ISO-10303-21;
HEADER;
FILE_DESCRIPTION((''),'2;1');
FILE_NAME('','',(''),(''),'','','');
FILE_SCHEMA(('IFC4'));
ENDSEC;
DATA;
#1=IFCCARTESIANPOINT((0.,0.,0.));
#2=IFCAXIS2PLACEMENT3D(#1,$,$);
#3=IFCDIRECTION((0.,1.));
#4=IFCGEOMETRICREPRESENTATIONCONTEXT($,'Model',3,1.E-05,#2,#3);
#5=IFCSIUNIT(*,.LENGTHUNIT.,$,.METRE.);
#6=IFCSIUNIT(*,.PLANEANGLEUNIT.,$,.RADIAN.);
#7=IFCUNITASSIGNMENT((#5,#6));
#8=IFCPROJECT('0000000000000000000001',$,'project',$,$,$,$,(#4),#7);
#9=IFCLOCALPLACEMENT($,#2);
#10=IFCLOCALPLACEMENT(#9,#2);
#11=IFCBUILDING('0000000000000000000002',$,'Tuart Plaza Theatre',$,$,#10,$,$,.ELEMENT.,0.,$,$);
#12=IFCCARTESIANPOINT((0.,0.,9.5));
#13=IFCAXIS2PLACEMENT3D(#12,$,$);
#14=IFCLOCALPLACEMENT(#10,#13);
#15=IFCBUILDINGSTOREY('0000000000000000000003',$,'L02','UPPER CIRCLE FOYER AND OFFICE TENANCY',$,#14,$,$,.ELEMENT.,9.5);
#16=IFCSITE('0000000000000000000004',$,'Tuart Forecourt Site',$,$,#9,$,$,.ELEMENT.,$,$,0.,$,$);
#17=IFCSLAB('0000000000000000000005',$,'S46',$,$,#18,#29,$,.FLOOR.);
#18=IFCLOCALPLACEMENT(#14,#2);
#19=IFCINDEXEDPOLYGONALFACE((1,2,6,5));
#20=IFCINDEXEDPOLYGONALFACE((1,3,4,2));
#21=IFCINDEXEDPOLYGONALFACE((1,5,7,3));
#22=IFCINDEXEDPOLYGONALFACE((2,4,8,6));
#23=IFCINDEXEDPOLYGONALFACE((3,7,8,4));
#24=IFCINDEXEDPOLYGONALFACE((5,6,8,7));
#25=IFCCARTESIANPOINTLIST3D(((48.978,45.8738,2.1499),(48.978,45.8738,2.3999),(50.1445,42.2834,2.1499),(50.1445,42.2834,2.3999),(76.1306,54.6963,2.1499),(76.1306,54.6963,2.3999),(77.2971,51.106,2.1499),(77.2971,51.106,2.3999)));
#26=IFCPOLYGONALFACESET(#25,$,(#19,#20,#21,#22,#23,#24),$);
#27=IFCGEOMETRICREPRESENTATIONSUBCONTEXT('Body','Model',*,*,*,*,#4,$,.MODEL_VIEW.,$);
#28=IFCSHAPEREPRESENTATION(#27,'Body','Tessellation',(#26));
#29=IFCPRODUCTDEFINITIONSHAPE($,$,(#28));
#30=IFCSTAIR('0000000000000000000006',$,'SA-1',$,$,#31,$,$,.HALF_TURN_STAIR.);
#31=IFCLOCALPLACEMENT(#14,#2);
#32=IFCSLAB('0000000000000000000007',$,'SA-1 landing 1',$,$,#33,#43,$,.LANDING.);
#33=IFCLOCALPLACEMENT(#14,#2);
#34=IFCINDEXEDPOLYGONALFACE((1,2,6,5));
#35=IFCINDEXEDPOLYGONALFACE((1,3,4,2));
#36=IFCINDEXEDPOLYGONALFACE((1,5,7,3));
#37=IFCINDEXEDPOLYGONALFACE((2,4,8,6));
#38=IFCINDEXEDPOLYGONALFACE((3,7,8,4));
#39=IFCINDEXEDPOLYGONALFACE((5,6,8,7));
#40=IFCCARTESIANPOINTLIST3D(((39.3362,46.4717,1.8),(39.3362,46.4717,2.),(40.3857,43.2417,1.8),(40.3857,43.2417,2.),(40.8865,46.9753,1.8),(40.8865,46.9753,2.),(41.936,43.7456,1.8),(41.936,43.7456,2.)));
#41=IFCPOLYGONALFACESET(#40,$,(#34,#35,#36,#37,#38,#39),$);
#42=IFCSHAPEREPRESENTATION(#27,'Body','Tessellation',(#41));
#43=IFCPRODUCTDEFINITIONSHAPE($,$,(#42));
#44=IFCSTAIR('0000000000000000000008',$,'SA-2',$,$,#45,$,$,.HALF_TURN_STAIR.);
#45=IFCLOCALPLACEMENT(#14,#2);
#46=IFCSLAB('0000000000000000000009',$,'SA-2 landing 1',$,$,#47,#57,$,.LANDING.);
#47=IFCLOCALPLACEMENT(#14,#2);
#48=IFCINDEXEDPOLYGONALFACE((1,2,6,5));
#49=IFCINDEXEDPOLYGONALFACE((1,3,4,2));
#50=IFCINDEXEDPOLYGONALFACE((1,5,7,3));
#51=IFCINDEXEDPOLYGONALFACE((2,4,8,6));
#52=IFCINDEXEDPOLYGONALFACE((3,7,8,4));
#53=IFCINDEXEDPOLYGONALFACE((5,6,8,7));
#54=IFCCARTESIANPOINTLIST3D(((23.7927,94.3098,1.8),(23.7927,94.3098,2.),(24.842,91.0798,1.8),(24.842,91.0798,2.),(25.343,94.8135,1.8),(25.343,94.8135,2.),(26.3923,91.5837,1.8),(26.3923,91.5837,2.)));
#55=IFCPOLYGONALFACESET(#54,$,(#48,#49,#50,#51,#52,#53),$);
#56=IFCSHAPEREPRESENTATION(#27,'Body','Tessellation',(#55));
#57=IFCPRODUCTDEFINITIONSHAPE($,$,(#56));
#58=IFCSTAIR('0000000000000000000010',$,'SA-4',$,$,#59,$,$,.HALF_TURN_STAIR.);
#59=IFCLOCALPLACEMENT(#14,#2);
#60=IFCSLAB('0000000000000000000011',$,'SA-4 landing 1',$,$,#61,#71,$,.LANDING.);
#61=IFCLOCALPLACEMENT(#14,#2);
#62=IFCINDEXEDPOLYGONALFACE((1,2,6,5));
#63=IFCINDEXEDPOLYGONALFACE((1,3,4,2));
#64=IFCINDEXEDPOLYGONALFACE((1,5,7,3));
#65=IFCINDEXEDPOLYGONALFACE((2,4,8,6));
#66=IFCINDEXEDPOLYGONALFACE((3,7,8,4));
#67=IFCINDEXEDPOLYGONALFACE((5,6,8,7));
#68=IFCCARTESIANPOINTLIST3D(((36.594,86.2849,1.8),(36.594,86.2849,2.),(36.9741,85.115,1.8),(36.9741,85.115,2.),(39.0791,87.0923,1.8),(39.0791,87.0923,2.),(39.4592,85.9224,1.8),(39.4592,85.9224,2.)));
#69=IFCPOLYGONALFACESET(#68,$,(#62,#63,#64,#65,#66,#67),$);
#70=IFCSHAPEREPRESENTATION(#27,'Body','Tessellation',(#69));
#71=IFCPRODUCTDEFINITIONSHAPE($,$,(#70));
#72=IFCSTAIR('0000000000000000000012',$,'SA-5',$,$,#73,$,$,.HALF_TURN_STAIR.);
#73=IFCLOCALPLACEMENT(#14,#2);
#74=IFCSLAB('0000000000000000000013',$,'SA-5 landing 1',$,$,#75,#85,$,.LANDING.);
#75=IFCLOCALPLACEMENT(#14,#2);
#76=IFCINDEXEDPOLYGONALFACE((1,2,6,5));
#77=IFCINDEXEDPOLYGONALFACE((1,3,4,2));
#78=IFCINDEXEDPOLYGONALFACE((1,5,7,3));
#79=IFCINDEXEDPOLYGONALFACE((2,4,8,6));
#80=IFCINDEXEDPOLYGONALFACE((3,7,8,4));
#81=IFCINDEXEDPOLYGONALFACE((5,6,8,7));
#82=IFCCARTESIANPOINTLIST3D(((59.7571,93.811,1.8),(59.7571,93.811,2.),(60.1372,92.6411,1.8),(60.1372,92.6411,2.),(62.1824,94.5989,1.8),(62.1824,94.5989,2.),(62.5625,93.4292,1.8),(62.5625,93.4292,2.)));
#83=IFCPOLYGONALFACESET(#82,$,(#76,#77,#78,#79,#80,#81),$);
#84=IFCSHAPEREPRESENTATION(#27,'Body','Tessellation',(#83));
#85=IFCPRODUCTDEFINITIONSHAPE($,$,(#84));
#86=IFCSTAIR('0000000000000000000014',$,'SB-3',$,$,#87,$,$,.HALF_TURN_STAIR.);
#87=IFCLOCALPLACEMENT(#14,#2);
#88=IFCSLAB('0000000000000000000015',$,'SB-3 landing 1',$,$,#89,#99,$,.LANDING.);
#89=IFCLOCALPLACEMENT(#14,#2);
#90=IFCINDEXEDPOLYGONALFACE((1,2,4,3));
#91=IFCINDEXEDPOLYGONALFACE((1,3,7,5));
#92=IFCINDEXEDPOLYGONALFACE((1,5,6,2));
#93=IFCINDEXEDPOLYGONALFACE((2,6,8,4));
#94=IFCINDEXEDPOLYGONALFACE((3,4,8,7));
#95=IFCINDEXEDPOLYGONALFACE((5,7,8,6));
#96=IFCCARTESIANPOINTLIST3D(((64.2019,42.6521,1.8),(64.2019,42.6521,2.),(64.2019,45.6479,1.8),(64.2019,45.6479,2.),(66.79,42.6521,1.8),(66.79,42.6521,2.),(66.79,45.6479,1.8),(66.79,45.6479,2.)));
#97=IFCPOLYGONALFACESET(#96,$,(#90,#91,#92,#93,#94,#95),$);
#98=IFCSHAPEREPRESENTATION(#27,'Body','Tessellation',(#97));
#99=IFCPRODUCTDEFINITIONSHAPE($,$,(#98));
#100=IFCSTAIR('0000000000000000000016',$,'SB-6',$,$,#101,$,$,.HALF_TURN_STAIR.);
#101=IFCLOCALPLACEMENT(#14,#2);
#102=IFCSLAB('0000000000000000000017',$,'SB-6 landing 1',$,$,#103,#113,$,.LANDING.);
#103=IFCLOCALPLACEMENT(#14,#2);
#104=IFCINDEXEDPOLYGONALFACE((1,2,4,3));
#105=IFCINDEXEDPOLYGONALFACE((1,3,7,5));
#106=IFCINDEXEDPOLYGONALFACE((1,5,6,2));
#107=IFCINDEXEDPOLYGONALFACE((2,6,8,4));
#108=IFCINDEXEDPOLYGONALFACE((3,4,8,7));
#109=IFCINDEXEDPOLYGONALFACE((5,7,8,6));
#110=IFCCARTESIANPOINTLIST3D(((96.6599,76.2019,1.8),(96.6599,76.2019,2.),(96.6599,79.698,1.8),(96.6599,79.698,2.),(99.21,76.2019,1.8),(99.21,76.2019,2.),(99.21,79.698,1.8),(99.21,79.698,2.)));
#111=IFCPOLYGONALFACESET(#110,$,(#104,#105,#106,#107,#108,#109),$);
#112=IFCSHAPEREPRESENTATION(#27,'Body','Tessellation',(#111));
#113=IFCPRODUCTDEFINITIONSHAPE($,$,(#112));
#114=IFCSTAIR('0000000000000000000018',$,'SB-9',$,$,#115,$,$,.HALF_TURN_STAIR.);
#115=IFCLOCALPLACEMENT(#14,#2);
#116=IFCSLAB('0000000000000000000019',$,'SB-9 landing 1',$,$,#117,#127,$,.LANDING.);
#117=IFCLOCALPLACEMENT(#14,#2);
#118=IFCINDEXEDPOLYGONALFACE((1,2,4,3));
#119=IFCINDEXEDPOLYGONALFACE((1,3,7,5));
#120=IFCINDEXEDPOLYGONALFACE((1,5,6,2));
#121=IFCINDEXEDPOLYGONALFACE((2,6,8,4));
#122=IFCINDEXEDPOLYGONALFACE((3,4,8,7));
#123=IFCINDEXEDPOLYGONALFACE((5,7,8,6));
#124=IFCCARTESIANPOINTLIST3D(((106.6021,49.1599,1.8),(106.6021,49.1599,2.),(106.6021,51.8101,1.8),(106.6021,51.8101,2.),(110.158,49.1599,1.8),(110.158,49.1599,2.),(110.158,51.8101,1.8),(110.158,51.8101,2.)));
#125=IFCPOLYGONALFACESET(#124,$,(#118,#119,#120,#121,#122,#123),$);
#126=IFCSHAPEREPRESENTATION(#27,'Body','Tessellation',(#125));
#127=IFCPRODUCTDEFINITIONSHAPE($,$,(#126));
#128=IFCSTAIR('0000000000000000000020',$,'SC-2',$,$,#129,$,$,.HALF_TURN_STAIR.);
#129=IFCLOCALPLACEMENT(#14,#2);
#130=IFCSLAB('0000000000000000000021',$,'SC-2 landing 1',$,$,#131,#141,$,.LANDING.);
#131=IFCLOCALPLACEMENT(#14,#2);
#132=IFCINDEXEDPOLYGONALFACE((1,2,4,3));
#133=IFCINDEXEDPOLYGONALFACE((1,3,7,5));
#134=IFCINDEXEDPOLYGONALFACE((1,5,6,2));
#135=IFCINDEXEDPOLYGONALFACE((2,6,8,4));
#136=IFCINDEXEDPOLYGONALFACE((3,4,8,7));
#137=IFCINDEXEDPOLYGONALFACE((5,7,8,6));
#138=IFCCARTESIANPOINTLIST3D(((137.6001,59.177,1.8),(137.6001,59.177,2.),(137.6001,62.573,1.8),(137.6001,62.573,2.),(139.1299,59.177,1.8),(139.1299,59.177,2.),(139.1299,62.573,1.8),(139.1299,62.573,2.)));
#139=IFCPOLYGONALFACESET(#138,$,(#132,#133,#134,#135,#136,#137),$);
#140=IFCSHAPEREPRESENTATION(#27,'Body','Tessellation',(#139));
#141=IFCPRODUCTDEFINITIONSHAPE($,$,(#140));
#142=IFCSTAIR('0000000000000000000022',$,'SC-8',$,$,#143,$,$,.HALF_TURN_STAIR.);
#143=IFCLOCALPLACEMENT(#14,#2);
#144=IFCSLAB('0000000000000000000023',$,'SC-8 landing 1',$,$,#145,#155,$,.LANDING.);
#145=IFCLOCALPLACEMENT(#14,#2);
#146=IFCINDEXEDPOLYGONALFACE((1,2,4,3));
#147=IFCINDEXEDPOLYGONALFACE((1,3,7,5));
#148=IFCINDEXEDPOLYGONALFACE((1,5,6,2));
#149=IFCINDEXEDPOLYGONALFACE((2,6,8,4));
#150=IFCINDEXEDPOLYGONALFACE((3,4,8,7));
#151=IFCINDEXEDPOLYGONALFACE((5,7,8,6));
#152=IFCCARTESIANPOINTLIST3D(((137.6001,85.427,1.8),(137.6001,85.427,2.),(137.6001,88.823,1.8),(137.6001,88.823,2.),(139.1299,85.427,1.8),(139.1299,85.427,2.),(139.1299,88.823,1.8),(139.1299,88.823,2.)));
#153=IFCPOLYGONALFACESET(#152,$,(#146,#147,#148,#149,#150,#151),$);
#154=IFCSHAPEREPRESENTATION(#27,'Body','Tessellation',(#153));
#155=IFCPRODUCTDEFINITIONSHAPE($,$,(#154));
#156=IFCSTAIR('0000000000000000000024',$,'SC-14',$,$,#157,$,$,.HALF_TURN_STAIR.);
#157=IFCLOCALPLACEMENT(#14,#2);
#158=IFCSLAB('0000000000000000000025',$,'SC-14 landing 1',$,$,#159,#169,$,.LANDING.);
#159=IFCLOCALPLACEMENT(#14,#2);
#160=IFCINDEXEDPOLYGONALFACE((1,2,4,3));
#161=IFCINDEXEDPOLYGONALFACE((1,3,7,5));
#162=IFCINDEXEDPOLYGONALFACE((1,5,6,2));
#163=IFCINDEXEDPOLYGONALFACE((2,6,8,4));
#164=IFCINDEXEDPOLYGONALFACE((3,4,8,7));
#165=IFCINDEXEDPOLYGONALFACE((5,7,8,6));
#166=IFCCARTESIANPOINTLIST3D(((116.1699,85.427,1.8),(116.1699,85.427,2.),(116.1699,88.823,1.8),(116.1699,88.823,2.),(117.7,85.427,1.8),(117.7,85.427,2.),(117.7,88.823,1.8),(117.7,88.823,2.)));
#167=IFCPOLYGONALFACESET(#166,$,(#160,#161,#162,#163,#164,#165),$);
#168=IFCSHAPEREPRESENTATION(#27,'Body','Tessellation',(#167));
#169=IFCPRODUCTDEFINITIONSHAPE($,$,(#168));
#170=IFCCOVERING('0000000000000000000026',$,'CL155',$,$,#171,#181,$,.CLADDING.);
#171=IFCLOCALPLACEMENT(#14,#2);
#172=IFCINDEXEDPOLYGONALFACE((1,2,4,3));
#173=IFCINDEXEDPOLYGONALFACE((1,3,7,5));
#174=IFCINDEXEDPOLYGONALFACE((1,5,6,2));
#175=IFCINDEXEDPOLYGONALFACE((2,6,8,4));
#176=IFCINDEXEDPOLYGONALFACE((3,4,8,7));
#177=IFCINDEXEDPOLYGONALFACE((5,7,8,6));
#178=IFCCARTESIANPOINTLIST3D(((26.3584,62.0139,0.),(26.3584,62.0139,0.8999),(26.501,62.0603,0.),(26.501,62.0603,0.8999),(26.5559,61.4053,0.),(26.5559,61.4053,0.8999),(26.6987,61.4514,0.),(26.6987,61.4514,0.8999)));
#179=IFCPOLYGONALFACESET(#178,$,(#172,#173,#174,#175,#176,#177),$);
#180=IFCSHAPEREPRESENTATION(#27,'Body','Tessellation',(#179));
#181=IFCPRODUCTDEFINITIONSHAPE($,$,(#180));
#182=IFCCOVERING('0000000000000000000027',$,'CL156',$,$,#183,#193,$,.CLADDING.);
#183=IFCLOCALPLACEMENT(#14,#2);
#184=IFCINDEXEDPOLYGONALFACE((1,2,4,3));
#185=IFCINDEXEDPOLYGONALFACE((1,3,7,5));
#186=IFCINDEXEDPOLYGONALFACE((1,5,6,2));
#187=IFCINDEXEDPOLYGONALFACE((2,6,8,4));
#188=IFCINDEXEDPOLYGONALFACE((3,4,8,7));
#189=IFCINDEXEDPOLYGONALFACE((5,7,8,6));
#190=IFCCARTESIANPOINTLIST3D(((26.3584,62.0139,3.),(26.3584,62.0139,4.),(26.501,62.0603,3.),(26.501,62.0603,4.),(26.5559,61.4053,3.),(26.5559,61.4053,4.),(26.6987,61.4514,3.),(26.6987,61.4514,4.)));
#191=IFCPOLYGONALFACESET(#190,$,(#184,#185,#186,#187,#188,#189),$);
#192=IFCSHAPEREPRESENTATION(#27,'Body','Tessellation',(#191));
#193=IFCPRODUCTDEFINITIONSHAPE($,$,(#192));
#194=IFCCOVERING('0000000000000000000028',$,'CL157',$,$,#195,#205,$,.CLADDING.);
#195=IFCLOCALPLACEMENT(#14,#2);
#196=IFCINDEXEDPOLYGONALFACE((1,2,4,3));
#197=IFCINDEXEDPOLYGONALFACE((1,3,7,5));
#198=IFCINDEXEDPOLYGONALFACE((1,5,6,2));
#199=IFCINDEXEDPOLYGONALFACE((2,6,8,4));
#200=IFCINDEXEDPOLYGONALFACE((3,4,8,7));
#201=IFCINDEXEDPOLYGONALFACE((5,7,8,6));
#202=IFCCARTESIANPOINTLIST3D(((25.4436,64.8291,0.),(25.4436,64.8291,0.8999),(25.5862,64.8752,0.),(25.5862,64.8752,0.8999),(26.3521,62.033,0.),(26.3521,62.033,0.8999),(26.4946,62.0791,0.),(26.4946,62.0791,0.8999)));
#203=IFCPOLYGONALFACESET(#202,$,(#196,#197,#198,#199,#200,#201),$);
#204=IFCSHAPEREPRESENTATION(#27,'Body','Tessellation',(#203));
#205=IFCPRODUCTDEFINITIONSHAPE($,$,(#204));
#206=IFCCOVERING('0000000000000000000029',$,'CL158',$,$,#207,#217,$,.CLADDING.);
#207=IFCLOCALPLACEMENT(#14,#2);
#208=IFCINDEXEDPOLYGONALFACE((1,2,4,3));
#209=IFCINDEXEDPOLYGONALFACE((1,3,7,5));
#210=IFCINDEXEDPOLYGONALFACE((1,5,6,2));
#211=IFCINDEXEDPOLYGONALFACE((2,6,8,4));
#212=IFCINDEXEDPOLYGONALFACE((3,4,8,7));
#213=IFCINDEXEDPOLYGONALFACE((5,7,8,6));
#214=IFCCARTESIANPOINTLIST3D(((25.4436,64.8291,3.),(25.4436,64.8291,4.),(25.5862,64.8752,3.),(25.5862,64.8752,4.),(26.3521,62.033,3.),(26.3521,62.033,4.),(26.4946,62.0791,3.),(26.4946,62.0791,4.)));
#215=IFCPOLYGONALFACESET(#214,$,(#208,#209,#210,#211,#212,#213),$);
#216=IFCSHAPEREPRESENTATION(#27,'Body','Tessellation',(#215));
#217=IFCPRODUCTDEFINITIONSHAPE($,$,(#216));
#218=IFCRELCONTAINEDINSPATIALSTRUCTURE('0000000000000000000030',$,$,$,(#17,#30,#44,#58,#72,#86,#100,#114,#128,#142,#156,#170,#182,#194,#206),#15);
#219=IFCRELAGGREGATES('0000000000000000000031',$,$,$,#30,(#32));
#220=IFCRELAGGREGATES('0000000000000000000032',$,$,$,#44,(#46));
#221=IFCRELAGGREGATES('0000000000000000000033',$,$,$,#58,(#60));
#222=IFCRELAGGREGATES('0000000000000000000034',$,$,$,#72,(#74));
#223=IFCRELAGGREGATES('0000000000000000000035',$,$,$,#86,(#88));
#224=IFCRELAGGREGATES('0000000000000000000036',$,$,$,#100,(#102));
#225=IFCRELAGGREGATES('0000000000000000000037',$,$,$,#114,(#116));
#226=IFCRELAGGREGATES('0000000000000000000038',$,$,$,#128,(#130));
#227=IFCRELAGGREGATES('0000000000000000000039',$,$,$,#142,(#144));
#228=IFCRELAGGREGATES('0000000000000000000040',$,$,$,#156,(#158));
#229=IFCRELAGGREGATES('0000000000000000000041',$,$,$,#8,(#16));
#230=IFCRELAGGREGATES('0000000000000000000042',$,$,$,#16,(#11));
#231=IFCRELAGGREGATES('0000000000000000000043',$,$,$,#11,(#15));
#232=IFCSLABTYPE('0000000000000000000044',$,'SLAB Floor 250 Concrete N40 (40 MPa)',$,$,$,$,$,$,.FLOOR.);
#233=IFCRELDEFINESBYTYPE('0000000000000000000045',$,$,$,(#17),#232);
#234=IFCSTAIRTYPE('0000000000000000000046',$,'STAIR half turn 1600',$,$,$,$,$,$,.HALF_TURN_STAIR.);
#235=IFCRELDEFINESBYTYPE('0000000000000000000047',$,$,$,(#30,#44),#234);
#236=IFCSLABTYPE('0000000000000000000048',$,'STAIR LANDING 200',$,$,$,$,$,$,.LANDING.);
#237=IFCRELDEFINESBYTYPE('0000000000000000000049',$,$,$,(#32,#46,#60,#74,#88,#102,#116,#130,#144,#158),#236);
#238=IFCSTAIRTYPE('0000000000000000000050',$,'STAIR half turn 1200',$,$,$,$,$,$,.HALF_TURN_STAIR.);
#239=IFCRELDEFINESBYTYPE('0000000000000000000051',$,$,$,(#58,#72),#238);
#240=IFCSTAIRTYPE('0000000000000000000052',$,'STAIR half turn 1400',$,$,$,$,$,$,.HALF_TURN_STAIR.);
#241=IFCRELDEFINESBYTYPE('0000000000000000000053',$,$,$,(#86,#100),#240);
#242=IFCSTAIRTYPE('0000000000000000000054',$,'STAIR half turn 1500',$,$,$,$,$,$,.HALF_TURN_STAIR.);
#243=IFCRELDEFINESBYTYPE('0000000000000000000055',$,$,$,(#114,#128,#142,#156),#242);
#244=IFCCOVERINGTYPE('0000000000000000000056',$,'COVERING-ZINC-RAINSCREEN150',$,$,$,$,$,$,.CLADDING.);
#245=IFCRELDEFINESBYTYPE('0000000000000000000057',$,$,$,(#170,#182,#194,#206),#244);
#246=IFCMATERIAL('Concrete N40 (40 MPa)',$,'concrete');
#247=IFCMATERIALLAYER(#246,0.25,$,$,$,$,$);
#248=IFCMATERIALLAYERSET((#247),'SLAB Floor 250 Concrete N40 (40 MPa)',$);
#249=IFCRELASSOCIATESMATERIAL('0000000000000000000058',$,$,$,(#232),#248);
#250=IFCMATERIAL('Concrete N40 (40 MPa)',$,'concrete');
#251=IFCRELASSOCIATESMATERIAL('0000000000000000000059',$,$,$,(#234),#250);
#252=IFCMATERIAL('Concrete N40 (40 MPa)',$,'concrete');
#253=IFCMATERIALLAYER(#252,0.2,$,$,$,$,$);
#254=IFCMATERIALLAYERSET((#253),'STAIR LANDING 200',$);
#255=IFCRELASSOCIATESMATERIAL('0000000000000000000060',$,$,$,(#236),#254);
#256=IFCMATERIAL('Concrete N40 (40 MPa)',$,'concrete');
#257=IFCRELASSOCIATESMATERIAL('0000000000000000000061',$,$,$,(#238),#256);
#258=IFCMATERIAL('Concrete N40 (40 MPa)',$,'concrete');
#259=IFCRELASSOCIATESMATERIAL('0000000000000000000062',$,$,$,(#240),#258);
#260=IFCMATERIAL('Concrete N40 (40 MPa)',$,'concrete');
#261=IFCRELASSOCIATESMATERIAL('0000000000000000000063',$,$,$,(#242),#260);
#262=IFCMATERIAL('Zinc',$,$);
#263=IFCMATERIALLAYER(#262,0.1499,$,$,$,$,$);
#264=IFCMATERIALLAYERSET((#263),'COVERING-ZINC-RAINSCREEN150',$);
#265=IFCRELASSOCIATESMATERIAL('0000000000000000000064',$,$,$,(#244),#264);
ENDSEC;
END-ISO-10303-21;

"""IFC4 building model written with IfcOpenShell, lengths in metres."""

from ifc_helpers import new_model, si_unit, direction, frame, origin, place, context, subcontext, project, spatial, polyline, outline, extrude, material, layer, layer_set, type_object, element, aggregate, save


model = new_model("IFC4")

# Units and contexts
model_context = context("Model", 3, precision=1e-05, world=origin(), true_north=direction((0.0, 1.0)))
body_context = subcontext(model_context, "Body", "Model", "MODEL_VIEW")
ifc_project = project(units=[si_unit("LENGTHUNIT", "METRE"), si_unit("PLANEANGLEUNIT", "RADIAN")], contexts=[model_context])

# Site, building, storey
site_placement = place(None, origin())
site = spatial("IfcSite", under=ifc_project, at=site_placement, Name="Tuart Forecourt Site", CompositionType="ELEMENT", RefElevation=0.0)
building_placement = place(site_placement, origin())
building = spatial("IfcBuilding", under=site, at=building_placement, Name="Tuart Plaza Theatre", CompositionType="ELEMENT", ElevationOfRefHeight=0.0)
storey_placement = place(building_placement, frame((0.0, 0.0, 9.5)))
storey = spatial("IfcBuildingStorey", under=building, at=storey_placement, Name="L02", Description="UPPER CIRCLE FOYER AND OFFICE TENANCY", CompositionType="ELEMENT", Elevation=9.5)

# Slab
ifc_material_1 = material(Name="Concrete N40 (40 MPa)", Category="concrete")
ifc_layer_1 = layer(ifc_material_1, 0.25)
ifc_layer_set_1 = layer_set([ifc_layer_1], Name="SLAB Floor 250 Concrete N40 (40 MPa)")
slab_type_1 = type_object("IfcSlabType", Name="SLAB Floor 250 Concrete N40 (40 MPa)", PredefinedType="FLOOR", material=ifc_layer_set_1)
slab_1_placement = place(storey_placement, frame((0.0, 0.0, 2.1499)))
element("IfcSlab", 1, at=slab_1_placement, inside=storey, type_object=slab_type_1, Name="S46", PredefinedType="FLOOR", context=body_context, shape_type="SweptSolid", body=[
    extrude(outline(polyline([(77.2971, 51.106), (76.1306, 54.6963), (48.978, 45.8738), (50.1445, 42.2834), (77.2971, 51.106)])), origin(), (0.0, 0.0, 1.0), 0.25),
])

# Stairs, slabs
ifc_material_2 = material(Name="Concrete N40 (40 MPa)", Category="concrete")
stair_type_1 = type_object("IfcStairType", Name="STAIR half turn 1600", PredefinedType="HALF_TURN_STAIR", material=ifc_material_2)
stair_1_placement = place(storey_placement, origin())
stair_1 = element("IfcStair", 2, at=stair_1_placement, inside=storey, type_object=stair_type_1, Name="SA-1", PredefinedType="HALF_TURN_STAIR")
ifc_material_3 = material(Name="Concrete N40 (40 MPa)", Category="concrete")
ifc_layer_2 = layer(ifc_material_3, 0.2)
ifc_layer_set_2 = layer_set([ifc_layer_2], Name="STAIR LANDING 200")
slab_type_2 = type_object("IfcSlabType", Name="STAIR LANDING 200", PredefinedType="LANDING", material=ifc_layer_set_2)
slab_2_placement = place(storey_placement, frame((0.0, 0.0, 1.8)))
slab_2 = element("IfcSlab", 3, at=slab_2_placement, type_object=slab_type_2, Name="SA-1 landing 1", PredefinedType="LANDING", context=body_context, shape_type="SweptSolid", body=[
    extrude(outline(polyline([(40.3857, 43.2417), (41.936, 43.7456), (40.8865, 46.9753), (39.3362, 46.4717), (40.3857, 43.2417)])), origin(), (0.0, 0.0, 1.0), 0.2),
])
aggregate(stair_1, [slab_2])
stair_2_placement = place(storey_placement, origin())
stair_2 = element("IfcStair", 4, at=stair_2_placement, inside=storey, type_object=stair_type_1, Name="SA-2", PredefinedType="HALF_TURN_STAIR")
slab_3_placement = place(storey_placement, frame((0.0, 0.0, 1.8)))
slab_3 = element("IfcSlab", 5, at=slab_3_placement, type_object=slab_type_2, Name="SA-2 landing 1", PredefinedType="LANDING", context=body_context, shape_type="SweptSolid", body=[
    extrude(outline(polyline([(23.7927, 94.3098), (25.343, 94.8135), (26.3923, 91.5837), (24.842, 91.0798), (23.7927, 94.3098)])), origin(), (0.0, 0.0, 1.0), 0.2),
])
aggregate(stair_2, [slab_3])
ifc_material_4 = material(Name="Concrete N40 (40 MPa)", Category="concrete")
stair_type_2 = type_object("IfcStairType", Name="STAIR half turn 1200", PredefinedType="HALF_TURN_STAIR", material=ifc_material_4)
stair_3_placement = place(storey_placement, origin())
stair_3 = element("IfcStair", 6, at=stair_3_placement, inside=storey, type_object=stair_type_2, Name="SA-4", PredefinedType="HALF_TURN_STAIR")
slab_4_placement = place(storey_placement, frame((0.0, 0.0, 1.8)))
slab_4 = element("IfcSlab", 7, at=slab_4_placement, type_object=slab_type_2, Name="SA-4 landing 1", PredefinedType="LANDING", context=body_context, shape_type="SweptSolid", body=[
    extrude(outline(polyline([(39.4592, 85.9224), (39.0791, 87.0923), (36.594, 86.2849), (36.9741, 85.115), (39.4592, 85.9224)])), origin(), (0.0, 0.0, 1.0), 0.2),
])
aggregate(stair_3, [slab_4])
stair_4_placement = place(storey_placement, origin())
stair_4 = element("IfcStair", 8, at=stair_4_placement, inside=storey, type_object=stair_type_2, Name="SA-5", PredefinedType="HALF_TURN_STAIR")
slab_5_placement = place(storey_placement, frame((0.0, 0.0, 1.8)))
slab_5 = element("IfcSlab", 9, at=slab_5_placement, type_object=slab_type_2, Name="SA-5 landing 1", PredefinedType="LANDING", context=body_context, shape_type="SweptSolid", body=[
    extrude(outline(polyline([(60.1372, 92.6411), (59.7571, 93.811), (62.1824, 94.5989), (62.5625, 93.4292), (60.1372, 92.6411)])), origin(), (0.0, 0.0, 1.0), 0.2),
])
aggregate(stair_4, [slab_5])
ifc_material_5 = material(Name="Concrete N40 (40 MPa)", Category="concrete")
stair_type_3 = type_object("IfcStairType", Name="STAIR half turn 1400", PredefinedType="HALF_TURN_STAIR", material=ifc_material_5)
stair_5_placement = place(storey_placement, origin())
stair_5 = element("IfcStair", 10, at=stair_5_placement, inside=storey, type_object=stair_type_3, Name="SB-3", PredefinedType="HALF_TURN_STAIR")
slab_6_placement = place(storey_placement, frame((0.0, 0.0, 1.8)))
slab_6 = element("IfcSlab", 11, at=slab_6_placement, type_object=slab_type_2, Name="SB-3 landing 1", PredefinedType="LANDING", context=body_context, shape_type="SweptSolid", body=[
    extrude(outline(polyline([(66.79, 45.6479), (64.2019, 45.6479), (64.2019, 42.6521), (66.79, 42.6521), (66.79, 45.6479)])), origin(), (0.0, 0.0, 1.0), 0.2),
])
aggregate(stair_5, [slab_6])
stair_6_placement = place(storey_placement, origin())
stair_6 = element("IfcStair", 12, at=stair_6_placement, inside=storey, type_object=stair_type_3, Name="SB-6", PredefinedType="HALF_TURN_STAIR")
slab_7_placement = place(storey_placement, frame((0.0, 0.0, 1.8)))
slab_7 = element("IfcSlab", 13, at=slab_7_placement, type_object=slab_type_2, Name="SB-6 landing 1", PredefinedType="LANDING", context=body_context, shape_type="SweptSolid", body=[
    extrude(outline(polyline([(96.6599, 76.2019), (99.21, 76.2019), (99.21, 79.698), (96.6599, 79.698), (96.6599, 76.2019)])), origin(), (0.0, 0.0, 1.0), 0.2),
])
aggregate(stair_6, [slab_7])
ifc_material_6 = material(Name="Concrete N40 (40 MPa)", Category="concrete")
stair_type_4 = type_object("IfcStairType", Name="STAIR half turn 1500", PredefinedType="HALF_TURN_STAIR", material=ifc_material_6)
stair_7_placement = place(storey_placement, origin())
stair_7 = element("IfcStair", 14, at=stair_7_placement, inside=storey, type_object=stair_type_4, Name="SB-9", PredefinedType="HALF_TURN_STAIR")
slab_8_placement = place(storey_placement, frame((0.0, 0.0, 1.8)))
slab_8 = element("IfcSlab", 15, at=slab_8_placement, type_object=slab_type_2, Name="SB-9 landing 1", PredefinedType="LANDING", context=body_context, shape_type="SweptSolid", body=[
    extrude(outline(polyline([(110.158, 49.1599), (110.158, 51.8101), (106.6021, 51.8101), (106.6021, 49.1599), (110.158, 49.1599)])), origin(), (0.0, 0.0, 1.0), 0.2),
])
aggregate(stair_7, [slab_8])
stair_8_placement = place(storey_placement, origin())
stair_8 = element("IfcStair", 16, at=stair_8_placement, inside=storey, type_object=stair_type_4, Name="SC-2", PredefinedType="HALF_TURN_STAIR")
slab_9_placement = place(storey_placement, frame((0.0, 0.0, 1.8)))
slab_9 = element("IfcSlab", 17, at=slab_9_placement, type_object=slab_type_2, Name="SC-2 landing 1", PredefinedType="LANDING", context=body_context, shape_type="SweptSolid", body=[
    extrude(outline(polyline([(137.6001, 59.177), (139.1299, 59.177), (139.1299, 62.573), (137.6001, 62.573), (137.6001, 59.177)])), origin(), (0.0, 0.0, 1.0), 0.2),
])
aggregate(stair_8, [slab_9])
stair_9_placement = place(storey_placement, origin())
stair_9 = element("IfcStair", 18, at=stair_9_placement, inside=storey, type_object=stair_type_4, Name="SC-8", PredefinedType="HALF_TURN_STAIR")
slab_10_placement = place(storey_placement, frame((0.0, 0.0, 1.8)))
slab_10 = element("IfcSlab", 19, at=slab_10_placement, type_object=slab_type_2, Name="SC-8 landing 1", PredefinedType="LANDING", context=body_context, shape_type="SweptSolid", body=[
    extrude(outline(polyline([(137.6001, 85.427), (139.1299, 85.427), (139.1299, 88.823), (137.6001, 88.823), (137.6001, 85.427)])), origin(), (0.0, 0.0, 1.0), 0.2),
])
aggregate(stair_9, [slab_10])
stair_10_placement = place(storey_placement, origin())
stair_10 = element("IfcStair", 20, at=stair_10_placement, inside=storey, type_object=stair_type_4, Name="SC-14", PredefinedType="HALF_TURN_STAIR")
slab_11_placement = place(storey_placement, frame((0.0, 0.0, 1.8)))
slab_11 = element("IfcSlab", 21, at=slab_11_placement, type_object=slab_type_2, Name="SC-14 landing 1", PredefinedType="LANDING", context=body_context, shape_type="SweptSolid", body=[
    extrude(outline(polyline([(117.7, 88.823), (116.1699, 88.823), (116.1699, 85.427), (117.7, 85.427), (117.7, 88.823)])), origin(), (0.0, 0.0, 1.0), 0.2),
])
aggregate(stair_10, [slab_11])

# Coverings
ifc_material_7 = material(Name="Zinc")
ifc_layer_3 = layer(ifc_material_7, 0.1499)
ifc_layer_set_3 = layer_set([ifc_layer_3], Name="COVERING-ZINC-RAINSCREEN150")
covering_type = type_object("IfcCoveringType", Name="COVERING-ZINC-RAINSCREEN150", PredefinedType="CLADDING", material=ifc_layer_set_3)
covering_1_placement = place(storey_placement, origin())
element("IfcCovering", 22, at=covering_1_placement, inside=storey, type_object=covering_type, Name="CL155", PredefinedType="CLADDING", context=body_context, shape_type="SweptSolid", body=[
    extrude(outline(polyline([(26.5559, 61.4053), (26.3584, 62.0139), (26.501, 62.0603), (26.6987, 61.4514), (26.5559, 61.4053)])), origin(), (0.0, 0.0, 1.0), 0.8999),
])
covering_2_placement = place(storey_placement, frame((0.0, 0.0, 3.0)))
element("IfcCovering", 23, at=covering_2_placement, inside=storey, type_object=covering_type, Name="CL156", PredefinedType="CLADDING", context=body_context, shape_type="SweptSolid", body=[
    extrude(outline(polyline([(26.5559, 61.4053), (26.3584, 62.0139), (26.501, 62.0603), (26.6987, 61.4514), (26.5559, 61.4053)])), origin(), (0.0, 0.0, 1.0), 1.0),
])
covering_3_placement = place(storey_placement, origin())
element("IfcCovering", 24, at=covering_3_placement, inside=storey, type_object=covering_type, Name="CL157", PredefinedType="CLADDING", context=body_context, shape_type="SweptSolid", body=[
    extrude(outline(polyline([(26.3521, 62.033), (25.4436, 64.8291), (25.5862, 64.8752), (26.4946, 62.0791), (26.3521, 62.033)])), origin(), (0.0, 0.0, 1.0), 0.8999),
])
covering_4_placement = place(storey_placement, frame((0.0, 0.0, 3.0)))
element("IfcCovering", 25, at=covering_4_placement, inside=storey, type_object=covering_type, Name="CL158", PredefinedType="CLADDING", context=body_context, shape_type="SweptSolid", body=[
    extrude(outline(polyline([(26.3521, 62.033), (25.4436, 64.8291), (25.5862, 64.8752), (26.4946, 62.0791), (26.3521, 62.033)])), origin(), (0.0, 0.0, 1.0), 1.0),
])

save(model, "model.ifc")
